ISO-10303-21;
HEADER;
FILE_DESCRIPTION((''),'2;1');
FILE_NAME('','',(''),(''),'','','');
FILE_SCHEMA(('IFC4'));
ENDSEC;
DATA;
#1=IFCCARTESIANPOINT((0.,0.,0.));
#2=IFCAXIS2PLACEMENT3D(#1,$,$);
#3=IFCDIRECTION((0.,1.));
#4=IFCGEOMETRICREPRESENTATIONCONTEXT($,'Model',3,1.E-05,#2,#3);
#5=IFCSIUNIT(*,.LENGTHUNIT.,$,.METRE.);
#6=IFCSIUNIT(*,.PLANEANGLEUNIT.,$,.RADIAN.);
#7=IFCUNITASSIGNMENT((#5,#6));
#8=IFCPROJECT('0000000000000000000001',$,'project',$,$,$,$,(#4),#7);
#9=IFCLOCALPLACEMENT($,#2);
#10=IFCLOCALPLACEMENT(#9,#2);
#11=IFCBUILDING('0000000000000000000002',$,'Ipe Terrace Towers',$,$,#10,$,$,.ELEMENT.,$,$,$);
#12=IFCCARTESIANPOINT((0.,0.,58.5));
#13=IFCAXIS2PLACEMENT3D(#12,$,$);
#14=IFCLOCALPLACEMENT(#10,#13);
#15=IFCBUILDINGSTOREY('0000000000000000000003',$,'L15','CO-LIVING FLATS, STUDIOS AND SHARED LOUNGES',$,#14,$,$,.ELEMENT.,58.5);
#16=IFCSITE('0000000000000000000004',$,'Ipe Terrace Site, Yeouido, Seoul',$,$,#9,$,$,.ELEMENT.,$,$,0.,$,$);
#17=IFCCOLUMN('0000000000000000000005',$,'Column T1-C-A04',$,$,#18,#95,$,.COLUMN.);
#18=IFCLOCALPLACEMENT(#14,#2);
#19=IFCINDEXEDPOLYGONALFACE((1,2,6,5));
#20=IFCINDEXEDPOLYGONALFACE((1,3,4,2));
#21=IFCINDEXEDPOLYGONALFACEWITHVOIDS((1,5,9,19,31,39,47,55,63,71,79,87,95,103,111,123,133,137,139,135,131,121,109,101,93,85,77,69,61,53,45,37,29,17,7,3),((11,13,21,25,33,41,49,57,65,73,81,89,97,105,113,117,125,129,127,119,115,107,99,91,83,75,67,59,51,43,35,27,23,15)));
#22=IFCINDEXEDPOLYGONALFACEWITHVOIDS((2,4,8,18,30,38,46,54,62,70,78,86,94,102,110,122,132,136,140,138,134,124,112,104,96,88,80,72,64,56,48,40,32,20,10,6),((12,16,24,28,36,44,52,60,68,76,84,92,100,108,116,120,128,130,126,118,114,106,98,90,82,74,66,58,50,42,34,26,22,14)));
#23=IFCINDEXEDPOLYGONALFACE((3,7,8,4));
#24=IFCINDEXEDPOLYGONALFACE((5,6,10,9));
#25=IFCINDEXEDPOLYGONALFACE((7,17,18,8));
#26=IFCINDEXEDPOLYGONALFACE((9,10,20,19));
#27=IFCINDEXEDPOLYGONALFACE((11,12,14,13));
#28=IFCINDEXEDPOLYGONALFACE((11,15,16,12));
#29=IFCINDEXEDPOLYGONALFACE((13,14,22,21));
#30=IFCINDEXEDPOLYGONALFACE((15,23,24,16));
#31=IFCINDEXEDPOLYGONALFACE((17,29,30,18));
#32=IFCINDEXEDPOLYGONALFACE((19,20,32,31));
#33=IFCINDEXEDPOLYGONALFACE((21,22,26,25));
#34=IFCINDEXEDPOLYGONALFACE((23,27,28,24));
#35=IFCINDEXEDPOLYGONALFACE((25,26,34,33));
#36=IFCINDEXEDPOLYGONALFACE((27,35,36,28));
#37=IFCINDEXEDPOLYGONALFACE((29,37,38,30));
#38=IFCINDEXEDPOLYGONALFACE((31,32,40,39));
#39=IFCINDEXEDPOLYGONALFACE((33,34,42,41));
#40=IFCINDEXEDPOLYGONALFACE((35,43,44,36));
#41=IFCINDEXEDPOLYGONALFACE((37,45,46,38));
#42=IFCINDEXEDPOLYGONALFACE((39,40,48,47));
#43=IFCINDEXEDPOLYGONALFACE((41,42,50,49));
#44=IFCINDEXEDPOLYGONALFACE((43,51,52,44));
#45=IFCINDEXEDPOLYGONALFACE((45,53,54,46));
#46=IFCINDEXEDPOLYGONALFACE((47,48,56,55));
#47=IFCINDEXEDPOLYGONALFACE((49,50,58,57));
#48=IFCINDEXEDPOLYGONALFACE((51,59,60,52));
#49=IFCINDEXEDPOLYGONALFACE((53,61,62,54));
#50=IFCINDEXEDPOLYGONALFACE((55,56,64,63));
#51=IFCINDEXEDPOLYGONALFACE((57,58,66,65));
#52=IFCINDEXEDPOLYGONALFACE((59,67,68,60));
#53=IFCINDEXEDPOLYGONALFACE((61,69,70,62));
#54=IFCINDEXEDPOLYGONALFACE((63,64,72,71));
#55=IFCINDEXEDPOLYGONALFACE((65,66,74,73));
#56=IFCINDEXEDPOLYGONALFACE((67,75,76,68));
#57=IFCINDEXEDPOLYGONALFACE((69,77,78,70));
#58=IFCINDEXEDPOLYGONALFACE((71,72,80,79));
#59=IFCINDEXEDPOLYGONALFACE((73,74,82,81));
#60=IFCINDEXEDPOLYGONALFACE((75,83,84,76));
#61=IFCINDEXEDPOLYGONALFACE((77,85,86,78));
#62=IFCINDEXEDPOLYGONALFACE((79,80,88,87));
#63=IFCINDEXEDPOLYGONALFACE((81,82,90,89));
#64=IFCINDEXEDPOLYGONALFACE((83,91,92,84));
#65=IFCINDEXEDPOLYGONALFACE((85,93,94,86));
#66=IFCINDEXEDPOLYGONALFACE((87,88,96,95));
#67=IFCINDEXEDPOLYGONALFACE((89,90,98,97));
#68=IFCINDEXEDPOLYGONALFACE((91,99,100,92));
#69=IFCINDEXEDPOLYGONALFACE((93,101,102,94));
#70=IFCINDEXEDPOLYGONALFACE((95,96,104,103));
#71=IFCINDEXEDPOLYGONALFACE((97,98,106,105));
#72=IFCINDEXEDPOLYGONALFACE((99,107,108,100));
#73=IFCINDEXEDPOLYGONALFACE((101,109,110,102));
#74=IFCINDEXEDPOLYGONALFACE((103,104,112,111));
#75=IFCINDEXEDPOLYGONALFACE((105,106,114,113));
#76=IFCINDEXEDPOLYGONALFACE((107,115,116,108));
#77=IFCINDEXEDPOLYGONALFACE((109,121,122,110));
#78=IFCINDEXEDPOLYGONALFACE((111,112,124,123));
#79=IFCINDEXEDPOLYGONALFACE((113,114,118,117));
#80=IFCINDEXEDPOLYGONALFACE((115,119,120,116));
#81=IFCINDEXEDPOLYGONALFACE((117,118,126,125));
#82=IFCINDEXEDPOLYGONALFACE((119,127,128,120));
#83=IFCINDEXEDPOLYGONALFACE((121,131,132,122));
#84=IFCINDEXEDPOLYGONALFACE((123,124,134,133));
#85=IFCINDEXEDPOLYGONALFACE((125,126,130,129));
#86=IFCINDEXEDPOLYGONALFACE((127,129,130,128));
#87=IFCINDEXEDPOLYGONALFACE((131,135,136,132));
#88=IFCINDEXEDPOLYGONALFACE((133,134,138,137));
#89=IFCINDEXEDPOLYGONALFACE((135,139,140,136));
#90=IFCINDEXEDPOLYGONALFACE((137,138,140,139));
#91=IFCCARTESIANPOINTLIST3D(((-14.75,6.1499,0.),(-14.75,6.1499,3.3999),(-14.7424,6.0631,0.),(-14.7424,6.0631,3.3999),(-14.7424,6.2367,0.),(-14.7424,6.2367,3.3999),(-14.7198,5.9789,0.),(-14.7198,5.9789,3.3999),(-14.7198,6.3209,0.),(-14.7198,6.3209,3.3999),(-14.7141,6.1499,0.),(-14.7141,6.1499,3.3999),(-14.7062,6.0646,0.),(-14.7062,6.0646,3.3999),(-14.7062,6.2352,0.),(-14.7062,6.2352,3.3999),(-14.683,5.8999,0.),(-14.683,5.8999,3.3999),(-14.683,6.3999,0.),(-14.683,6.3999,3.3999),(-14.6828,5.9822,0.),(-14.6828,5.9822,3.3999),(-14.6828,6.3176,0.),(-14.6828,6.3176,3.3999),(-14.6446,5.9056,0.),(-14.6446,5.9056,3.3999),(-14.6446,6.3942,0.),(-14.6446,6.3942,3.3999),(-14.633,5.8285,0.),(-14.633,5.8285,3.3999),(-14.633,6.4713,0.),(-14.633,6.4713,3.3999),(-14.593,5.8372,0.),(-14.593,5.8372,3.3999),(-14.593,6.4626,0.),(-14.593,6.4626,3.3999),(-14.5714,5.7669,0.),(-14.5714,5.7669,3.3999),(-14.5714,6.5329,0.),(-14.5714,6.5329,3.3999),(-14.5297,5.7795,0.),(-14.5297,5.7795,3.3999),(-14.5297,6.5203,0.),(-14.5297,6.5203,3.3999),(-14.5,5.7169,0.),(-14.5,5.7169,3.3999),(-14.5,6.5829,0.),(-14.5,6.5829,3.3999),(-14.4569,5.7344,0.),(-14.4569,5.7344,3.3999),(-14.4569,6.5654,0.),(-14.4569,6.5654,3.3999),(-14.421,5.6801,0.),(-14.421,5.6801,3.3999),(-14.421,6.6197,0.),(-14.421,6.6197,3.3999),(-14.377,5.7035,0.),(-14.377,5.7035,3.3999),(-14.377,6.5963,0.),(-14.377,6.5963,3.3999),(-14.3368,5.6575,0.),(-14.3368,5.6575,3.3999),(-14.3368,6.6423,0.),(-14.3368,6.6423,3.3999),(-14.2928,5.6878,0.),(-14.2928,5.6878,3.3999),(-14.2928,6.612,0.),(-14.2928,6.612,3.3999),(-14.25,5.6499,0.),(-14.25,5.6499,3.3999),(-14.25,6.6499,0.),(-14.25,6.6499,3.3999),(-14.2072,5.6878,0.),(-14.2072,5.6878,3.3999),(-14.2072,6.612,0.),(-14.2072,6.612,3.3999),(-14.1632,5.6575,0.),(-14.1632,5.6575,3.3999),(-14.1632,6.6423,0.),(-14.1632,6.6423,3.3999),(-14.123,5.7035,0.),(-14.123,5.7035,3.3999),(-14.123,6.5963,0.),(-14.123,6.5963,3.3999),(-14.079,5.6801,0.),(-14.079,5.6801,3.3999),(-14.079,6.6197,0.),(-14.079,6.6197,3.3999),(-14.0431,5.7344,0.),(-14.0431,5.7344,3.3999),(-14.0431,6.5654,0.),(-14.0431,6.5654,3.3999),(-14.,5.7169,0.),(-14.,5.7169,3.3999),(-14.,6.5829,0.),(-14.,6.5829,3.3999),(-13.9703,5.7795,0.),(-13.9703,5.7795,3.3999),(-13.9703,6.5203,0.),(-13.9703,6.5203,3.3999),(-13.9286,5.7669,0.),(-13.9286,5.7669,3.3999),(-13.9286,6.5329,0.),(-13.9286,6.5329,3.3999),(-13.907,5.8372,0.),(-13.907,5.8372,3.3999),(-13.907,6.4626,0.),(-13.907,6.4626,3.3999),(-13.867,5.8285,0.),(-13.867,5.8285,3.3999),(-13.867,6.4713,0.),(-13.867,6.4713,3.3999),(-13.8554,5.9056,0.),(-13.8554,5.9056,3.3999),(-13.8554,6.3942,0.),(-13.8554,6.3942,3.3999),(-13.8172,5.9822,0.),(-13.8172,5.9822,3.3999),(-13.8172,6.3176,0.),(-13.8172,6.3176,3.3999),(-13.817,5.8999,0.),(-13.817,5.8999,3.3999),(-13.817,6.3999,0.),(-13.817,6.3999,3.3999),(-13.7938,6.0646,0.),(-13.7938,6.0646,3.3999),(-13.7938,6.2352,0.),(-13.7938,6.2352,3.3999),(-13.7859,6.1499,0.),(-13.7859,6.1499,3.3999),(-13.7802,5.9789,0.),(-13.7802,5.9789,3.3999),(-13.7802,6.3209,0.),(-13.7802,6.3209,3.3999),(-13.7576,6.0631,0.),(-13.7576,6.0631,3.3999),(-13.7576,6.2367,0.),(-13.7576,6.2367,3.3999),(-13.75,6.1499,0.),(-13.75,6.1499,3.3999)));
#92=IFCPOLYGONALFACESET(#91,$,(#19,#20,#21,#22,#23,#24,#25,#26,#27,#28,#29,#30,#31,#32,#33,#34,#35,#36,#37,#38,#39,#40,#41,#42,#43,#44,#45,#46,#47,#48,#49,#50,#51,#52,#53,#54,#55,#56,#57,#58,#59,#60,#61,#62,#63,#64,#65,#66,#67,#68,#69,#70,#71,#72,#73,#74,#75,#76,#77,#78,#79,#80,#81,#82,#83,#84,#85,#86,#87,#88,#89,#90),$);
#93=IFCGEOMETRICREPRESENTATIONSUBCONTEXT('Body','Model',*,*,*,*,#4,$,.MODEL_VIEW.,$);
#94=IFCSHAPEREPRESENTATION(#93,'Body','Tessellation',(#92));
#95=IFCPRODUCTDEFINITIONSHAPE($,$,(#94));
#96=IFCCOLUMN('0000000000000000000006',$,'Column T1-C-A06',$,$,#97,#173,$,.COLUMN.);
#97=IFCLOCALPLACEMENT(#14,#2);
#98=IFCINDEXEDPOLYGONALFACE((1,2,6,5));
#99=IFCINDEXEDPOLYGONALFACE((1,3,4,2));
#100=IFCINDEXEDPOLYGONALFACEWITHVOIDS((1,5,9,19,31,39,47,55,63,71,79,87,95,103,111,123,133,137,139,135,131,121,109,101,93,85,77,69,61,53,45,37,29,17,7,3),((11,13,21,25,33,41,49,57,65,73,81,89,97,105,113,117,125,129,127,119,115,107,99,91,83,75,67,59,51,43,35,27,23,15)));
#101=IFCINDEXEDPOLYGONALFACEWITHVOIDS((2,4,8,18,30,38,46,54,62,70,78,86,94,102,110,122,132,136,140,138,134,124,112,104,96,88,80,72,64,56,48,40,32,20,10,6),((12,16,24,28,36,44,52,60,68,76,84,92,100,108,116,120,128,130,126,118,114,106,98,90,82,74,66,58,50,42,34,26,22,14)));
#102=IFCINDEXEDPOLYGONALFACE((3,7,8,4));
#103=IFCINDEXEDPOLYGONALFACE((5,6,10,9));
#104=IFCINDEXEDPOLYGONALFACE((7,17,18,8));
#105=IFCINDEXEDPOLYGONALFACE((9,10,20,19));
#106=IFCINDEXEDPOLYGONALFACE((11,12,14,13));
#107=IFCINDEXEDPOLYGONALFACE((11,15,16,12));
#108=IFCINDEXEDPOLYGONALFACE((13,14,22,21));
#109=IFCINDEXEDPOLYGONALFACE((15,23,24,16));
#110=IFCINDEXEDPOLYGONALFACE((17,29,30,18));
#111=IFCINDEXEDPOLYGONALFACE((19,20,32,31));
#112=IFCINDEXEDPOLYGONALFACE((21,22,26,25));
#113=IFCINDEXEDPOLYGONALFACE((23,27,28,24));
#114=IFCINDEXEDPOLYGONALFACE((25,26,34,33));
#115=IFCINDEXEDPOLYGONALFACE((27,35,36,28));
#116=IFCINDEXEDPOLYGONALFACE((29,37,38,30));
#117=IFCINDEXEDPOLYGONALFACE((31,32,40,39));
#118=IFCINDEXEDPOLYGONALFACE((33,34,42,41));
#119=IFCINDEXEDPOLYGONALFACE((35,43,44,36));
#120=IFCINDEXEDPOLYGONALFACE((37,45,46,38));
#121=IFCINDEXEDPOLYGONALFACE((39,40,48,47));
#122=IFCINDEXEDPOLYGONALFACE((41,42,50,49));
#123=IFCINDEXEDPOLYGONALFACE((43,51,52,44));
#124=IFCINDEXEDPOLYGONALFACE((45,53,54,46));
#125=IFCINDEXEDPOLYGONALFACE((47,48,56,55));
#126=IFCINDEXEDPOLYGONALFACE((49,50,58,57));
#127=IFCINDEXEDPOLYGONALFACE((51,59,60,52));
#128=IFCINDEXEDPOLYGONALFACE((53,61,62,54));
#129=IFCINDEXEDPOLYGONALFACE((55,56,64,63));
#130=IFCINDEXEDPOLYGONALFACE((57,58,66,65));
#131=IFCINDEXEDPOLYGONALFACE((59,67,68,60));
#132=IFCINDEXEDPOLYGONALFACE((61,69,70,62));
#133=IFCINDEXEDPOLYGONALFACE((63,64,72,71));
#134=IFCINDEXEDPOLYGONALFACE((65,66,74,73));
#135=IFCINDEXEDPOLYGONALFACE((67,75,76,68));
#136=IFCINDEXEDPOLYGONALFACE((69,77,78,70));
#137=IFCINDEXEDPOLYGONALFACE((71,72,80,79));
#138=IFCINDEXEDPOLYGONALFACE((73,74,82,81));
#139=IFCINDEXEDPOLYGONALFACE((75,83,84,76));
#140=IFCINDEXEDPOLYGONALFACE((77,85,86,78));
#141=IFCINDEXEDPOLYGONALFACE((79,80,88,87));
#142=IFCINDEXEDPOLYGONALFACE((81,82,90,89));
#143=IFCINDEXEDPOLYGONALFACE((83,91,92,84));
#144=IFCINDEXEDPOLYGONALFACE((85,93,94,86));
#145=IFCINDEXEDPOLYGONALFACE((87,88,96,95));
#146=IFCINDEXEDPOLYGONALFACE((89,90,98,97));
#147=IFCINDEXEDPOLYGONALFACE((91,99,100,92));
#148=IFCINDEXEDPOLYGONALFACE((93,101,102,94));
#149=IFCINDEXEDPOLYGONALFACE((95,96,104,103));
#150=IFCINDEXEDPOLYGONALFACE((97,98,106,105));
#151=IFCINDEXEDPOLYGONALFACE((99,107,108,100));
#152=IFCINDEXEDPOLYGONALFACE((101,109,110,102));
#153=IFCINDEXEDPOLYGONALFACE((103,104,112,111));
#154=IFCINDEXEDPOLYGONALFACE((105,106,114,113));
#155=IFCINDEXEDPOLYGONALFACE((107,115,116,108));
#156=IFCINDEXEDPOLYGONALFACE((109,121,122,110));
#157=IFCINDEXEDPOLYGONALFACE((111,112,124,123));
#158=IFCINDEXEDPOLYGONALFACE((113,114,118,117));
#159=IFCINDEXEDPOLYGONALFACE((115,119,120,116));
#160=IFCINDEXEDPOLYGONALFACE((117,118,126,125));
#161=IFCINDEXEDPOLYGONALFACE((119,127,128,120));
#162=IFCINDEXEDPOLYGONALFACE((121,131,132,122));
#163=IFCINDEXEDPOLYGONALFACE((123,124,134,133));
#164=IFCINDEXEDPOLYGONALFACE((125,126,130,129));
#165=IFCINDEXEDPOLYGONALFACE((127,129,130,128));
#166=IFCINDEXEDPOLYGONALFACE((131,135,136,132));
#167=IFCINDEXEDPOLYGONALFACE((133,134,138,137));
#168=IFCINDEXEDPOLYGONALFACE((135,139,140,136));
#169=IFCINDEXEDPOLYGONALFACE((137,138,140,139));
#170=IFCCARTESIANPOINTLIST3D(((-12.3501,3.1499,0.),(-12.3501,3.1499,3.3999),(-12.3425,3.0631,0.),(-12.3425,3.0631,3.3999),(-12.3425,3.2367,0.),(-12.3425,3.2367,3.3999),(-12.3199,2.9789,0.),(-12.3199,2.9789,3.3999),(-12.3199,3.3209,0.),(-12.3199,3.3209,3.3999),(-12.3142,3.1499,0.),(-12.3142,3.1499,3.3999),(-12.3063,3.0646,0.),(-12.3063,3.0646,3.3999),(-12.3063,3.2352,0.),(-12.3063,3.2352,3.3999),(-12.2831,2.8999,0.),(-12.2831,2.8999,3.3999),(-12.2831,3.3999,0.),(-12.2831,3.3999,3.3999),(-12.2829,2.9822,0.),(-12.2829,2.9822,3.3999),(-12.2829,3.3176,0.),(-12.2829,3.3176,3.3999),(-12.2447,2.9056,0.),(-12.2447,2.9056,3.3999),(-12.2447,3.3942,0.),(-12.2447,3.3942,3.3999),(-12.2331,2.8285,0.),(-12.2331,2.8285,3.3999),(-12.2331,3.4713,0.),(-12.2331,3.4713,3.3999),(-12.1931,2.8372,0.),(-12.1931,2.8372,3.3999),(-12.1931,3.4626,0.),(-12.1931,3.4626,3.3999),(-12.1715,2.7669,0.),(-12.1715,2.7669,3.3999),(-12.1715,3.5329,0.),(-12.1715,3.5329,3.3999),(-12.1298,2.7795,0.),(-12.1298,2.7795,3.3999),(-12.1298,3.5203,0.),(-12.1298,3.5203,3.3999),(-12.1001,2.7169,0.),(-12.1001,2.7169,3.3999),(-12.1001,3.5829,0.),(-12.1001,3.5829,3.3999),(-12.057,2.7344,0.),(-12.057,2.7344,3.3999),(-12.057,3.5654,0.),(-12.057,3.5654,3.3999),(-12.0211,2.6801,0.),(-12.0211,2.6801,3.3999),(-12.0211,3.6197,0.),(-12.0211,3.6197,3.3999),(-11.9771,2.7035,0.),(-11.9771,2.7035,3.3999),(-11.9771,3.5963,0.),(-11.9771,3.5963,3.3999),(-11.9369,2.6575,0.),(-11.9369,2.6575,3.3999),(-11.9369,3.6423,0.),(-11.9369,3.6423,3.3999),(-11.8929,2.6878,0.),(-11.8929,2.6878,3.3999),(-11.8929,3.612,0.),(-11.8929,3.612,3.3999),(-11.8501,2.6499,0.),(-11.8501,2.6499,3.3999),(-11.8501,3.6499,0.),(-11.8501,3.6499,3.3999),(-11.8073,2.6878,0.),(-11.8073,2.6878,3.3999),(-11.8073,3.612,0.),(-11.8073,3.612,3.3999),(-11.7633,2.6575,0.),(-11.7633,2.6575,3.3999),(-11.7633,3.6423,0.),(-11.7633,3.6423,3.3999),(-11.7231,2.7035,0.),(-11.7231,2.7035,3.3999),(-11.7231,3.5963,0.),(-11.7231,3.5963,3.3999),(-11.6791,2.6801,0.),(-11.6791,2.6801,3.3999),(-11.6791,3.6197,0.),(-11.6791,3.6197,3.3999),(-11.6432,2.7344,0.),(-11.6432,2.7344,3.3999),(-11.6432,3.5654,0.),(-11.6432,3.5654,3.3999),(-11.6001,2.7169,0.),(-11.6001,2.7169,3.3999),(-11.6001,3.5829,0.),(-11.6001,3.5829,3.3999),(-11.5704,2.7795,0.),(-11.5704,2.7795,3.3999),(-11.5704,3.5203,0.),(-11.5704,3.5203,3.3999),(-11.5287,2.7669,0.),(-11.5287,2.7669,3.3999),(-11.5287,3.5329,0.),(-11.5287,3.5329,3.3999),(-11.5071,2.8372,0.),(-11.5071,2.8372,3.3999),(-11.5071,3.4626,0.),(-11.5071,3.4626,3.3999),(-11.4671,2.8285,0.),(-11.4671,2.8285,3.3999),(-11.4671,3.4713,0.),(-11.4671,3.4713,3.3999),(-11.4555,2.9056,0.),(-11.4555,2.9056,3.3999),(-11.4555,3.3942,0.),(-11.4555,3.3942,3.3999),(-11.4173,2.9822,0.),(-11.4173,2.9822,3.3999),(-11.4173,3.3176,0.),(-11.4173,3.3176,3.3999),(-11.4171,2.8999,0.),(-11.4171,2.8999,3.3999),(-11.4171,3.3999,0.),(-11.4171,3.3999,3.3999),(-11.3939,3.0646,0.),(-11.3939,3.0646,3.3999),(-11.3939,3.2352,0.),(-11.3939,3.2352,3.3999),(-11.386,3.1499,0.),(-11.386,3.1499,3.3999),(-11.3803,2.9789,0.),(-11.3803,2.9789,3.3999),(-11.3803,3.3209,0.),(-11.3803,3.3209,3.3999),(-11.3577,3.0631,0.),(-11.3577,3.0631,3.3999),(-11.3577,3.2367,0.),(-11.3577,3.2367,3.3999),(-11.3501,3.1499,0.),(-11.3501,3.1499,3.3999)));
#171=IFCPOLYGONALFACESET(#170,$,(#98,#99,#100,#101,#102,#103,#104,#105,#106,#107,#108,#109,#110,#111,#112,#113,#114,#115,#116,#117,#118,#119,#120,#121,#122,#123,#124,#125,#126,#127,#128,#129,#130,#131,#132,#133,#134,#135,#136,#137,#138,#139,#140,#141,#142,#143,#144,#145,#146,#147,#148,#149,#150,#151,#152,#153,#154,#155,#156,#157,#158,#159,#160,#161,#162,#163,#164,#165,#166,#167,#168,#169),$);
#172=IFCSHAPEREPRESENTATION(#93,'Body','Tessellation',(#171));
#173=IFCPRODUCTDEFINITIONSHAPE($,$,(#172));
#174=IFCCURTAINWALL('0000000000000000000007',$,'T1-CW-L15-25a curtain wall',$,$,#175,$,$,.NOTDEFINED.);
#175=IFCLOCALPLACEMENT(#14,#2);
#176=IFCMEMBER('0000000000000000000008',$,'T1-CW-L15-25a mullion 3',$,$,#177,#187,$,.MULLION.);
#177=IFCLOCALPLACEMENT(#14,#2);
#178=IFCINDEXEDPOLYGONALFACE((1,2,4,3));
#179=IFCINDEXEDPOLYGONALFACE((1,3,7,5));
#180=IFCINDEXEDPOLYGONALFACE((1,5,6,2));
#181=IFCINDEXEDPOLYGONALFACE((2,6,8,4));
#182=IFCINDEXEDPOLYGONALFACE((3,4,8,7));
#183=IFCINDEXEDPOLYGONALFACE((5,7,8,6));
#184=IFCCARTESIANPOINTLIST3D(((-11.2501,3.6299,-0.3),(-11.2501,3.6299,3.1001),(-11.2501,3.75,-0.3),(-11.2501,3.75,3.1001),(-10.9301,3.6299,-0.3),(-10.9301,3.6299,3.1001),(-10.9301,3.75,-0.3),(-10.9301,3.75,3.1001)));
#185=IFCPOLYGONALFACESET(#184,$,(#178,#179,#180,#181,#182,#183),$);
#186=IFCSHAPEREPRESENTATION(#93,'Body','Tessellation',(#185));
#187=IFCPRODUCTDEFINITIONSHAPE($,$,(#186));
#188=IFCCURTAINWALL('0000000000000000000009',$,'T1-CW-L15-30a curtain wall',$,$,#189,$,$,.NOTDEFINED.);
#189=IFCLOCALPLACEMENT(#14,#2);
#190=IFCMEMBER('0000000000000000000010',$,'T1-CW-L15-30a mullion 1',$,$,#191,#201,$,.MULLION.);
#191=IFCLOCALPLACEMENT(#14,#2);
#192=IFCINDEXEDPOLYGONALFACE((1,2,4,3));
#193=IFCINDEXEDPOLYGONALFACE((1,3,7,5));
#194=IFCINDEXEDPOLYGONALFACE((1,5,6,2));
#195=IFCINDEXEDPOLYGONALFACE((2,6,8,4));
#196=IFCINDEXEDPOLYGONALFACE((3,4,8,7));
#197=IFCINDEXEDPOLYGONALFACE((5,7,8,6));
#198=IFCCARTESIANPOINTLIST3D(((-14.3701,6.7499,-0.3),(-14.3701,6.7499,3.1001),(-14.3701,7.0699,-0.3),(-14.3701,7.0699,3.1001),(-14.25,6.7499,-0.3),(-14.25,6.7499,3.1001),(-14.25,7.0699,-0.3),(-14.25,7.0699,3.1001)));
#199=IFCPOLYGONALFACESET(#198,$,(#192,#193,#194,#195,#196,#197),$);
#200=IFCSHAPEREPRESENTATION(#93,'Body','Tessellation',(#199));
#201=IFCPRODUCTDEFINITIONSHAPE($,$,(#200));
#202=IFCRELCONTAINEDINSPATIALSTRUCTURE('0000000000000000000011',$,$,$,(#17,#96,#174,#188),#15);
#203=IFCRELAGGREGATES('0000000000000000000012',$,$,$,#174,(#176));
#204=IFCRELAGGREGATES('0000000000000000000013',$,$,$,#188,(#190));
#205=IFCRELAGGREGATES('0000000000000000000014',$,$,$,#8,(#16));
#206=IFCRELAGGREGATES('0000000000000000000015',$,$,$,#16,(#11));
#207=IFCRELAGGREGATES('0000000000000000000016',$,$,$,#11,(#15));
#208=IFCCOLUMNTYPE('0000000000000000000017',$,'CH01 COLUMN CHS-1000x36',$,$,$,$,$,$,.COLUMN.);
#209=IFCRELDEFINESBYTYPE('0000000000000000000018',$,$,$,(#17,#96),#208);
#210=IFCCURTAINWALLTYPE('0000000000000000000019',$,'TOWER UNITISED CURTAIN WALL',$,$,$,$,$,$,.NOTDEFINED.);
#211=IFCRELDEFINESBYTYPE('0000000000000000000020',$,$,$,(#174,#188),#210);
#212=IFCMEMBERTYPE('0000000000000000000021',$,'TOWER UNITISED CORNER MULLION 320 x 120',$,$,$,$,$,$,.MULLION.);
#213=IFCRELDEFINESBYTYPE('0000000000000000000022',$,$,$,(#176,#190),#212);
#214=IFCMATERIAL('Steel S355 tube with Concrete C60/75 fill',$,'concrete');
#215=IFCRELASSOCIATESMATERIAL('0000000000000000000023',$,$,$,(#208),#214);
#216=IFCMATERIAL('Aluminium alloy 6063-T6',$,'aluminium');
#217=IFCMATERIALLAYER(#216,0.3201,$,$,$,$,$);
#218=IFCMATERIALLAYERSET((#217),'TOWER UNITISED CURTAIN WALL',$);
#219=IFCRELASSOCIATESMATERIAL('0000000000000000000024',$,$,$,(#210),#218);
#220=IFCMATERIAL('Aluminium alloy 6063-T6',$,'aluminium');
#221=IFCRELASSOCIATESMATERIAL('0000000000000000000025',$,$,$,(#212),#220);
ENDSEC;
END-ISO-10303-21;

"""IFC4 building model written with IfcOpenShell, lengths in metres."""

from ifc_helpers import new_model, si_unit, direction, frame, origin, origin_2d, place, context, subcontext, project, spatial, rectangle, hollow_circle, extrude, material, layer, layer_set, material_profile, profile_set, type_object, element, aggregate, save


model = new_model("IFC4")

# Units and contexts
model_context = context("Model", 3, precision=1e-05, world=origin(), true_north=direction((0.0, 1.0)))
body_context = subcontext(model_context, "Body", "Model", "MODEL_VIEW")
ifc_project = project(units=[si_unit("LENGTHUNIT", "METRE"), si_unit("PLANEANGLEUNIT", "RADIAN")], contexts=[model_context])

# Site, building, storey
site_placement = place(None, origin())
site = spatial("IfcSite", under=ifc_project, at=site_placement, Name="Ipe Terrace Site, Yeouido, Seoul", CompositionType="ELEMENT", RefElevation=0.0)
building_placement = place(site_placement, origin())
building = spatial("IfcBuilding", under=site, at=building_placement, Name="Ipe Terrace Towers", CompositionType="ELEMENT")
storey_placement = place(building_placement, frame((0.0, 0.0, 58.5)))
storey = spatial("IfcBuildingStorey", under=building, at=storey_placement, Name="L15", Description="CO-LIVING FLATS, STUDIOS AND SHARED LOUNGES", CompositionType="ELEMENT", Elevation=58.5)

# Columns
ifc_material_1 = material(Name="Steel S355 tube with Concrete C60/75 fill", Category="concrete")
ifc_material_profile_1 = material_profile(ifc_material_1, hollow_circle(Radius=0.5, WallThickness=0.0359, at=origin_2d()), Name="CHS-1000x36")
ifc_profile_set_1 = profile_set([ifc_material_profile_1], Name="Steel S355 tube with Concrete C60/75 fill")
column_type = type_object("IfcColumnType", Name="CH01 COLUMN CHS-1000x36", PredefinedType="COLUMN", material=ifc_profile_set_1)
for number, where, z_axis, x_axis, name in (
    (1, (-14.25, 6.1499, 0.0), (0.0, 0.0, 1.0), (1.0, 0.0, 0.0), "Column T1-C-A04"),
    (2, (-11.8501, 3.1499, 0.0), (0.0, 0.0, 1.0), (1.0, 0.0, 0.0), "Column T1-C-A06"),
):
    element("IfcColumn", number, at=place(storey_placement, frame(where, z_axis=z_axis, x_axis=x_axis)), inside=storey, type_object=column_type, Name=name, PredefinedType="COLUMN", context=body_context, shape_type="SweptSolid", body=[
        extrude(hollow_circle(Radius=0.5, WallThickness=0.0359, at=origin_2d()), origin(), (0.0, 0.0, 1.0), 3.3999),
    ])

# Curtain walls, members
ifc_material_2 = material(Name="Aluminium alloy 6063-T6", Category="aluminium")
ifc_layer_1 = layer(ifc_material_2, 0.3201)
ifc_layer_set_1 = layer_set([ifc_layer_1], Name="TOWER UNITISED CURTAIN WALL")
curtain_wall_type = type_object("IfcCurtainWallType", Name="TOWER UNITISED CURTAIN WALL", PredefinedType="NOTDEFINED", material=ifc_layer_set_1)
curtain_wall_1_placement = place(storey_placement, origin())
curtain_wall_1 = element("IfcCurtainWall", 3, at=curtain_wall_1_placement, inside=storey, type_object=curtain_wall_type, Name="T1-CW-L15-25a curtain wall", PredefinedType="NOTDEFINED")
ifc_material_3 = material(Name="Aluminium alloy 6063-T6", Category="aluminium")
ifc_material_profile_2 = material_profile(ifc_material_3, rectangle(XDim=0.3201, YDim=0.1201, at=origin_2d()), Name="TOWER UNITISED CORNER MULLION 320 x 120")
ifc_profile_set_2 = profile_set([ifc_material_profile_2], Name="Aluminium alloy 6063-T6")
member_type = type_object("IfcMemberType", Name="TOWER UNITISED CORNER MULLION 320 x 120", PredefinedType="MULLION", material=ifc_profile_set_2)
member_1_placement = place(storey_placement, frame((-11.0901, 3.6899, -0.3), z_axis=(0.0, 0.0, 1.0), x_axis=(1.0, 0.0, 0.0)))
member_1 = element("IfcMember", 4, at=member_1_placement, type_object=member_type, Name="T1-CW-L15-25a mullion 3", PredefinedType="MULLION", context=body_context, shape_type="SweptSolid", body=[
    extrude(rectangle(XDim=0.3201, YDim=0.1201, at=origin_2d()), origin(), (0.0, 0.0, 1.0), 3.4001),
])
curtain_wall_2_placement = place(storey_placement, origin())
curtain_wall_2 = element("IfcCurtainWall", 5, at=curtain_wall_2_placement, inside=storey, type_object=curtain_wall_type, Name="T1-CW-L15-30a curtain wall", PredefinedType="NOTDEFINED")
member_2_placement = place(storey_placement, frame((-14.3101, 6.9099, -0.3), z_axis=(0.0, 0.0, 1.0), x_axis=(0.0, 1.0, 0.0)))
member_2 = element("IfcMember", 6, at=member_2_placement, type_object=member_type, Name="T1-CW-L15-30a mullion 1", PredefinedType="MULLION", context=body_context, shape_type="SweptSolid", body=[
    extrude(rectangle(XDim=0.3201, YDim=0.1201, at=origin_2d()), origin(), (0.0, 0.0, 1.0), 3.4001),
])

aggregate(curtain_wall_1, [member_1])
aggregate(curtain_wall_2, [member_2])

save(model, "model.ifc")
